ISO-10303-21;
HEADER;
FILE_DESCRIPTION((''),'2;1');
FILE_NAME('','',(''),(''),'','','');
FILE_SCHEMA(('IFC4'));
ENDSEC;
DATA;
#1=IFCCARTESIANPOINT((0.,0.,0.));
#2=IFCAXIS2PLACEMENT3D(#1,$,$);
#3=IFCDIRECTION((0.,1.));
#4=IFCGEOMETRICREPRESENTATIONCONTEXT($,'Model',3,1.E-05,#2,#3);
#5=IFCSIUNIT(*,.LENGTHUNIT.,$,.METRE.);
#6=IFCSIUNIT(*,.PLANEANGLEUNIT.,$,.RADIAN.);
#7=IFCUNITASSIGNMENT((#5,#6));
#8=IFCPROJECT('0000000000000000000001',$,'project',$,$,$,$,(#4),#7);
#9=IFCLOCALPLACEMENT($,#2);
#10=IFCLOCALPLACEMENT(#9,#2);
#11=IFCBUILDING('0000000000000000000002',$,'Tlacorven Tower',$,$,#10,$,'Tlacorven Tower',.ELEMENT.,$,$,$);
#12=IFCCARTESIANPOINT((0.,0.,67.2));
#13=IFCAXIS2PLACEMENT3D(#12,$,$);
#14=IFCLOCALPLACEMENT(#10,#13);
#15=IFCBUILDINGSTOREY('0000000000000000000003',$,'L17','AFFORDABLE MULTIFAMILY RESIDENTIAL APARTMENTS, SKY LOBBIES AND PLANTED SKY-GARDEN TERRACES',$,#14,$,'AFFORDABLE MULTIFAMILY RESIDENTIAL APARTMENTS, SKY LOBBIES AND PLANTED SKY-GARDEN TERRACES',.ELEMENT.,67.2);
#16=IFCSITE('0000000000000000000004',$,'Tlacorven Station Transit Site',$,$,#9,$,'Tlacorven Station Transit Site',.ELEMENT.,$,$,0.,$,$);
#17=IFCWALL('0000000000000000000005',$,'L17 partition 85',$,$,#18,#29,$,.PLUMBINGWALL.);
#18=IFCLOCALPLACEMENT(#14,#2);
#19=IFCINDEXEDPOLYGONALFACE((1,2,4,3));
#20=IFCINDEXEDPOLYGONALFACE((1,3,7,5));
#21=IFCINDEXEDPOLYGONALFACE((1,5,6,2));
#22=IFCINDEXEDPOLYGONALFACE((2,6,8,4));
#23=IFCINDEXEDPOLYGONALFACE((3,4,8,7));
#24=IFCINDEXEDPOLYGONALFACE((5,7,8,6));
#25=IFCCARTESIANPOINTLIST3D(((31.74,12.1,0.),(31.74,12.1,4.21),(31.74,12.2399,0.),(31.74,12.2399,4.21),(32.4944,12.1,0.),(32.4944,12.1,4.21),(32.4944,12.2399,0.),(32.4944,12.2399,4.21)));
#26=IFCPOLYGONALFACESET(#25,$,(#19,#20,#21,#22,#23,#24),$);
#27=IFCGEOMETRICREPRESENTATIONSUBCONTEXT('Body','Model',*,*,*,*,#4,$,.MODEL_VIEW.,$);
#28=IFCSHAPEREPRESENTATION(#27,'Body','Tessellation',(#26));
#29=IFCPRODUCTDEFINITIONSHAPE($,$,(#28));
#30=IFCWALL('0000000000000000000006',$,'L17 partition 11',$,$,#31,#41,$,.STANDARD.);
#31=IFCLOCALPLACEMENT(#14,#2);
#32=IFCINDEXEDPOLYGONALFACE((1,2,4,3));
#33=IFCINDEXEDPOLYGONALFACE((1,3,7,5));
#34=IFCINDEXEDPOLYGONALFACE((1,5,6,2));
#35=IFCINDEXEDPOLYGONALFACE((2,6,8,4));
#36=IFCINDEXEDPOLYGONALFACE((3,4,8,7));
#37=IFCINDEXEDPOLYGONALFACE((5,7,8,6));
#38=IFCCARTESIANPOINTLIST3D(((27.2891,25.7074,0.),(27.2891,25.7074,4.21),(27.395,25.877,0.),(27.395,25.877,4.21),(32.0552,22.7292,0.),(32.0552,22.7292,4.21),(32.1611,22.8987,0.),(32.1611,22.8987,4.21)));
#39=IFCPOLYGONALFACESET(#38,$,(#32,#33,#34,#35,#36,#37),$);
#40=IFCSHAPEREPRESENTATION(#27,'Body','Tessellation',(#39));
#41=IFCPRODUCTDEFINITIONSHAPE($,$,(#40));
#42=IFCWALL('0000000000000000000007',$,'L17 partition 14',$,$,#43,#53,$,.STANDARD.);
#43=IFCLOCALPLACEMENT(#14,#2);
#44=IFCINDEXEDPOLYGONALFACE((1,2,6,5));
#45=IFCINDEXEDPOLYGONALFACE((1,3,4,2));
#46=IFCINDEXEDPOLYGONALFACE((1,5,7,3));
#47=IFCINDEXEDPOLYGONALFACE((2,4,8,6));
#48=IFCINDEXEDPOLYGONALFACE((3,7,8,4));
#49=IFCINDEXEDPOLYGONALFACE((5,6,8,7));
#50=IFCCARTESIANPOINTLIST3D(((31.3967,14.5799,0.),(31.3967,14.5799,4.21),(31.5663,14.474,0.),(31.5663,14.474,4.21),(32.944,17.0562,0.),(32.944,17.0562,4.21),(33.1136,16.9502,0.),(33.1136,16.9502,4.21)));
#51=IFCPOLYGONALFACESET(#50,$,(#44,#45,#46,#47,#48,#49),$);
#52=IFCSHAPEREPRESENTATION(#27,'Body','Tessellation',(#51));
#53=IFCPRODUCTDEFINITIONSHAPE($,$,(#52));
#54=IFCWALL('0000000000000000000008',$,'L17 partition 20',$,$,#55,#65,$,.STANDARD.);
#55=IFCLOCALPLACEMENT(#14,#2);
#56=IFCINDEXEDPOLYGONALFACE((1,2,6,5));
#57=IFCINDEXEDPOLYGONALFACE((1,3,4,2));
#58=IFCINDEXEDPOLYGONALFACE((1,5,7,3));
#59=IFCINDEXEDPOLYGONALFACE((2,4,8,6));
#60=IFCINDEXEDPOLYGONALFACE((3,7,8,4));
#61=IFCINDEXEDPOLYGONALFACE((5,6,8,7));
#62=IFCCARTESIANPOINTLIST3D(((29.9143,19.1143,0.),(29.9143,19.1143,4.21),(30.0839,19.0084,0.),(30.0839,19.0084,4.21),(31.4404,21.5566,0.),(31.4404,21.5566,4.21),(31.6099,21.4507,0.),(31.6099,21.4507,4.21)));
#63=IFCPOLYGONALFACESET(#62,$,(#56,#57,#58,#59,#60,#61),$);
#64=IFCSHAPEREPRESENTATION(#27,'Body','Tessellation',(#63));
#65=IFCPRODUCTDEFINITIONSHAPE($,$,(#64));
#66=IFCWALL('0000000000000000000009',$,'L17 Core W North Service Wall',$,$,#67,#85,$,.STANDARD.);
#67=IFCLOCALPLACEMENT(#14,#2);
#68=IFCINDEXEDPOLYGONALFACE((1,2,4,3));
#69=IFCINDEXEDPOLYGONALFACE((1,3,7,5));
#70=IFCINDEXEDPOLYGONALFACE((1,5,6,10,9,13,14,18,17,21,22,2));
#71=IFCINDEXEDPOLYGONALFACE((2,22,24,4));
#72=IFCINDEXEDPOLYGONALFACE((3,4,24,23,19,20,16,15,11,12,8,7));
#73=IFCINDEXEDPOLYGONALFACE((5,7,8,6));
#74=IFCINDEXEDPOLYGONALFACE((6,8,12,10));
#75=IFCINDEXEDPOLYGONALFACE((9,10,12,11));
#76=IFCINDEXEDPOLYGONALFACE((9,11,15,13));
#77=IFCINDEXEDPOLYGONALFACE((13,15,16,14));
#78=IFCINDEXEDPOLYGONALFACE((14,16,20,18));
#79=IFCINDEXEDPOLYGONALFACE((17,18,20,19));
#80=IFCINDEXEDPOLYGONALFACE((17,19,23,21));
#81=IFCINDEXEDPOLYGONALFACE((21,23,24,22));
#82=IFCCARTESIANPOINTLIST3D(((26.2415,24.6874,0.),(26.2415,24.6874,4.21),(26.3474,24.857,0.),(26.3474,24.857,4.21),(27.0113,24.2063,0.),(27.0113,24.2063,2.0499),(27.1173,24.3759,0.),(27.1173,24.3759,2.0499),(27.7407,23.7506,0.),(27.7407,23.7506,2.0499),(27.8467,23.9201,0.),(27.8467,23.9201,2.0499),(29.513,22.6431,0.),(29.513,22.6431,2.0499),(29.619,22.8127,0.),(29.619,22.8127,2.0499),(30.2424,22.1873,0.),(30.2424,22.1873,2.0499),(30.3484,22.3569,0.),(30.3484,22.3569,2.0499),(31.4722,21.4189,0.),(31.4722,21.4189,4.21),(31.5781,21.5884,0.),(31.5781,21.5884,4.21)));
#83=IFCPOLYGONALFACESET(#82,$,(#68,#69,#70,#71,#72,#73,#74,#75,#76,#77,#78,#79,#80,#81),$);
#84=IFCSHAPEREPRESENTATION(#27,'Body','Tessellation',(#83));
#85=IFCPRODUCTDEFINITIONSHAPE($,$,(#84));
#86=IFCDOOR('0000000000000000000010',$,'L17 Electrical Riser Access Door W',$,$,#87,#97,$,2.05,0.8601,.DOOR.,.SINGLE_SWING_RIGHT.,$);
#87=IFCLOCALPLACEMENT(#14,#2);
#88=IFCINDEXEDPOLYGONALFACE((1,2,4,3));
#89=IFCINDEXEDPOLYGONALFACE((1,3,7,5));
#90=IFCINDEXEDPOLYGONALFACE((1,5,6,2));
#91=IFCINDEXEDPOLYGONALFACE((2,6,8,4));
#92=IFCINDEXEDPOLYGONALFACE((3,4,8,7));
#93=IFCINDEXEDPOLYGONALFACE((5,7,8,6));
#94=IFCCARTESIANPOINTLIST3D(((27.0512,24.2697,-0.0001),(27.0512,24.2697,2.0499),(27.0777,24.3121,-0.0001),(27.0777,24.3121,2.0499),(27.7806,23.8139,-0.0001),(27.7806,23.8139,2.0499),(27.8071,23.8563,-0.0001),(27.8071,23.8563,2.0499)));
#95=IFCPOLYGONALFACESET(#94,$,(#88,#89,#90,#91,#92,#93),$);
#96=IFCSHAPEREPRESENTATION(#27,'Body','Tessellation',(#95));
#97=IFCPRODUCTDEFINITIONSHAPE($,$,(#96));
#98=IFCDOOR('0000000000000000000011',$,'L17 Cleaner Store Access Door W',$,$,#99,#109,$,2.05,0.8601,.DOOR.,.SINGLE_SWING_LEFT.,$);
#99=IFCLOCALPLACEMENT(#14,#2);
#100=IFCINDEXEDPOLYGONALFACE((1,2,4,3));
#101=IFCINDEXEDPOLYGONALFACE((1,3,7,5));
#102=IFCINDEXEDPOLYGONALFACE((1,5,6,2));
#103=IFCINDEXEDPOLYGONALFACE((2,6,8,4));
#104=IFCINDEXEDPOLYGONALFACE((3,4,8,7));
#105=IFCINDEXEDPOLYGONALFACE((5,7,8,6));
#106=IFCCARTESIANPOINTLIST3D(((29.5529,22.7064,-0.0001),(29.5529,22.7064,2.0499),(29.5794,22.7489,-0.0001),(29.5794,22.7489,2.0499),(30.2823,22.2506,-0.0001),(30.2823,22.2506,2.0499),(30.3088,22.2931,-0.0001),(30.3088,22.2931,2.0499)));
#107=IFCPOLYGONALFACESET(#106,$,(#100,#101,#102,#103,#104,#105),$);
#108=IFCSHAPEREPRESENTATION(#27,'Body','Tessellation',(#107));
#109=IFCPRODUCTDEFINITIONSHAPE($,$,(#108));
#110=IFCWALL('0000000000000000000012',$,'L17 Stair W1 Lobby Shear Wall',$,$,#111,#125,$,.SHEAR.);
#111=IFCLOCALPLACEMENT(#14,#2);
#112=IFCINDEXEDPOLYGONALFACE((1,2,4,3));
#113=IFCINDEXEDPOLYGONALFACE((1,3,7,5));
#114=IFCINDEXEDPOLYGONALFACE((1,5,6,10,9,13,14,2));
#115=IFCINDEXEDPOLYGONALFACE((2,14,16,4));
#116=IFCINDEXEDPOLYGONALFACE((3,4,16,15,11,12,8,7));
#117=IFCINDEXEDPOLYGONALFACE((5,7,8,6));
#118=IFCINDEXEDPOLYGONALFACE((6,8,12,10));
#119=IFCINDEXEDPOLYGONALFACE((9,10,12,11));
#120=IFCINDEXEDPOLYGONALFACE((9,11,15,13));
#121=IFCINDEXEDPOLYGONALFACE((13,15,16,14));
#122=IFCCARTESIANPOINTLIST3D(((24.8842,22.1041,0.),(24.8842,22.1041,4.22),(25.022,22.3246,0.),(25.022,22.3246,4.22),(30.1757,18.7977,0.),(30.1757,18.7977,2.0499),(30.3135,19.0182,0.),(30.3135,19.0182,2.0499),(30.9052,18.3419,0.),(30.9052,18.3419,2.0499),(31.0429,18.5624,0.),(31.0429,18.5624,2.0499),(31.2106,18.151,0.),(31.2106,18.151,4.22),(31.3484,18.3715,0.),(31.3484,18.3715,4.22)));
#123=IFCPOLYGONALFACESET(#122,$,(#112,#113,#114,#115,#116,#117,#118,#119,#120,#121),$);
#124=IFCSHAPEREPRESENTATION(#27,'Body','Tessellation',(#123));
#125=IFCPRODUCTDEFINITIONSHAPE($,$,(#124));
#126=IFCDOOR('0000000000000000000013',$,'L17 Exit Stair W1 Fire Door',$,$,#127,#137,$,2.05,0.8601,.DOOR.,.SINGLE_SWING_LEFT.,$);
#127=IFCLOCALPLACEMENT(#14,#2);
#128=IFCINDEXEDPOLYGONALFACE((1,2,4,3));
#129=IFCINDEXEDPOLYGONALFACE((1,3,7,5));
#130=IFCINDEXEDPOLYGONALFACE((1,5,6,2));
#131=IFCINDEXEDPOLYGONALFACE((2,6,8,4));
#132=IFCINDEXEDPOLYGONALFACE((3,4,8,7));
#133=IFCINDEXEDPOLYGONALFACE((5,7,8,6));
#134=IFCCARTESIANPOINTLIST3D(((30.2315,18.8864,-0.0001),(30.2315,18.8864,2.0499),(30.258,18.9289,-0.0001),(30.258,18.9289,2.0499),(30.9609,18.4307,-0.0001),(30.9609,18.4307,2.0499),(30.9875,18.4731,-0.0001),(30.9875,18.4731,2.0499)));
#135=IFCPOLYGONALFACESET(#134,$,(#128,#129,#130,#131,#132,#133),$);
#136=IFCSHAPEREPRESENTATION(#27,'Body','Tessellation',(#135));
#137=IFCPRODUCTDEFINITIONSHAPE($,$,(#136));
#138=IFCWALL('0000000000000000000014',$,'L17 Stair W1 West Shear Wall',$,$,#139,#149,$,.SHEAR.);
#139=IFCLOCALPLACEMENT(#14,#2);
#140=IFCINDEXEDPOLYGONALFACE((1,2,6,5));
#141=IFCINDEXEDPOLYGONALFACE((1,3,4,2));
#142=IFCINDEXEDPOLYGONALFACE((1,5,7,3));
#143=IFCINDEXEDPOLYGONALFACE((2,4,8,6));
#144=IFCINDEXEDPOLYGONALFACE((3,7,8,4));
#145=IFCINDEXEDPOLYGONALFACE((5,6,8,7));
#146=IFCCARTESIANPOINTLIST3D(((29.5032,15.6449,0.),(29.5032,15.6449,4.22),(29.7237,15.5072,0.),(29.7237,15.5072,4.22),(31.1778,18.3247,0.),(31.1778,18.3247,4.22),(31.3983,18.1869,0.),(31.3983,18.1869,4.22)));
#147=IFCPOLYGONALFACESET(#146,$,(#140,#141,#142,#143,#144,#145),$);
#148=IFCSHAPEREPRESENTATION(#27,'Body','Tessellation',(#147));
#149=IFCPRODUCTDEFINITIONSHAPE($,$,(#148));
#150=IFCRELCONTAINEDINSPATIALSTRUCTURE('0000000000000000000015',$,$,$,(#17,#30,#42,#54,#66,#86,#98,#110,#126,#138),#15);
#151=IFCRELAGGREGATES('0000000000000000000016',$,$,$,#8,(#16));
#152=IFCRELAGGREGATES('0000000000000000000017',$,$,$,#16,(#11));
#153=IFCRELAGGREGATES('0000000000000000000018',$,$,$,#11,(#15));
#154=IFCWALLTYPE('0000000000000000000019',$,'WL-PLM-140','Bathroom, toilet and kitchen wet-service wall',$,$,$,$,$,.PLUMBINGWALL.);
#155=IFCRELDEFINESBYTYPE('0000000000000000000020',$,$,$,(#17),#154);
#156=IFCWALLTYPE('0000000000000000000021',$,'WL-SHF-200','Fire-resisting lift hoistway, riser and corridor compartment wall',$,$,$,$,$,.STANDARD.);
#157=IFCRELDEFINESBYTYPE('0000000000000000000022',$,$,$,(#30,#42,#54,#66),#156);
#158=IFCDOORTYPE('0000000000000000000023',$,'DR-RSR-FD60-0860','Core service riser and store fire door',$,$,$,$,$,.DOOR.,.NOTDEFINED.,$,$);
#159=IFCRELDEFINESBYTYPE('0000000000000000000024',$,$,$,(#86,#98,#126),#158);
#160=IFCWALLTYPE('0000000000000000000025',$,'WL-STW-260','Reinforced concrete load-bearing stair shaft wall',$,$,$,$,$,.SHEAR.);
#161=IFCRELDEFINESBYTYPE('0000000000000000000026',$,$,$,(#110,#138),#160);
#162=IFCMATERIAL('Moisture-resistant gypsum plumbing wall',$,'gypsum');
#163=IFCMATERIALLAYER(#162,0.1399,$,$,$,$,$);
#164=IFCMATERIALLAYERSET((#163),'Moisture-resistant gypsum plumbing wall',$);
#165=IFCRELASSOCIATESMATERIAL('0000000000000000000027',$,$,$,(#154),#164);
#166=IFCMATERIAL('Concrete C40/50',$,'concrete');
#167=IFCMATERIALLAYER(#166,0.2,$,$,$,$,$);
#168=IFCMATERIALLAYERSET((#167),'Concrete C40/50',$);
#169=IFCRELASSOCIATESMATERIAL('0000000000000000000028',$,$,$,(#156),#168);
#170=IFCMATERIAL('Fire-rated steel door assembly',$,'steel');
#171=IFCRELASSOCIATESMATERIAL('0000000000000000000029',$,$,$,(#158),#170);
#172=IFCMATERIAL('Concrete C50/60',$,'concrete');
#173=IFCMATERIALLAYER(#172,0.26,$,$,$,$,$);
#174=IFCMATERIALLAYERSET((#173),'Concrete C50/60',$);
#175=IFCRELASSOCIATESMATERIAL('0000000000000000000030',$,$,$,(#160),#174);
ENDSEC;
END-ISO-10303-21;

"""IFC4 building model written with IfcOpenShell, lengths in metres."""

from ifc_helpers import new_model, si_unit, direction, frame, frame_2d, origin, place, context, subcontext, project, spatial, rectangle, extrude, source, transform, mapped, material, layer, layer_set, type_object, element, fill, save


model = new_model("IFC4")

# Units and contexts
model_context = context("Model", 3, precision=1e-05, world=origin(), true_north=direction((0.0, 1.0)))
body_context = subcontext(model_context, "Body", "Model", "MODEL_VIEW")
ifc_project = project(units=[si_unit("LENGTHUNIT", "METRE"), si_unit("PLANEANGLEUNIT", "RADIAN")], contexts=[model_context])

# Site, building, storey
site_placement = place(None, origin())
site = spatial("IfcSite", under=ifc_project, at=site_placement, Name="Tlacorven Station Transit Site", LongName="Tlacorven Station Transit Site", CompositionType="ELEMENT", RefElevation=0.0)
building_placement = place(site_placement, origin())
building = spatial("IfcBuilding", under=site, at=building_placement, Name="Tlacorven Tower", LongName="Tlacorven Tower", CompositionType="ELEMENT")
storey_placement = place(building_placement, frame((0.0, 0.0, 67.2)))
storey = spatial("IfcBuildingStorey", under=building, at=storey_placement, Name="L17", Description="AFFORDABLE MULTIFAMILY RESIDENTIAL APARTMENTS, SKY LOBBIES AND PLANTED SKY-GARDEN TERRACES", LongName="AFFORDABLE MULTIFAMILY RESIDENTIAL APARTMENTS, SKY LOBBIES AND PLANTED SKY-GARDEN TERRACES", CompositionType="ELEMENT", Elevation=67.2)

# Shared definitions
ifc_material_1 = material(Name="Fire-rated steel door assembly", Category="steel")

# Shared definitions
ifc_material_2 = material(Name="Moisture-resistant gypsum plumbing wall", Category="gypsum")
ifc_layer_1 = layer(ifc_material_2, 0.1399)
ifc_layer_set_1 = layer_set([ifc_layer_1], Name="Moisture-resistant gypsum plumbing wall")
wall_type_1 = type_object("IfcWallType", Name="WL-PLM-140", Description="Bathroom, toilet and kitchen wet-service wall", PredefinedType="PLUMBINGWALL", material=ifc_layer_set_1)

# Walls
wall_1_placement = place(storey_placement, frame((31.74, 12.1699, 0.0), z_axis=(0.0, 0.0, 1.0), x_axis=(1.0, 0.0, 0.0)))
element("IfcWall", 1, at=wall_1_placement, inside=storey, type_object=wall_type_1, Name="L17 partition 85", PredefinedType="PLUMBINGWALL", context=body_context, shape_type="SweptSolid", body=[
    extrude(rectangle(XDim=0.7544, YDim=0.1399, at=frame_2d((0.3772, 0.0))), origin(), (0.0, 0.0, 1.0), 4.21),
])
ifc_material_3 = material(Name="Concrete C40/50", Category="concrete")
ifc_layer_2 = layer(ifc_material_3, 0.2)
ifc_layer_set_2 = layer_set([ifc_layer_2], Name="Concrete C40/50")
wall_type_2 = type_object("IfcWallType", Name="WL-SHF-200", Description="Fire-resisting lift hoistway, riser and corridor compartment wall", PredefinedType="STANDARD", material=ifc_layer_set_2)
wall_2_placement = place(storey_placement, frame((32.1082, 22.814, 0.0), z_axis=(0.0, 0.0, 1.0), x_axis=(-0.848042, 0.529929, 0.0)))
element("IfcWall", 2, at=wall_2_placement, inside=storey, type_object=wall_type_2, Name="L17 partition 11", PredefinedType="STANDARD", context=body_context, shape_type="SweptSolid", body=[
    extrude(rectangle(XDim=5.6201, YDim=0.2, at=frame_2d((2.8101, 0.0))), origin(), (0.0, 0.0, 1.0), 4.21),
])
wall_3_placement = place(storey_placement, frame((33.0288, 17.0032, 0.0), z_axis=(0.0, 0.0, 1.0), x_axis=(-0.529916, -0.84805, 0.0)))
element("IfcWall", 3, at=wall_3_placement, inside=storey, type_object=wall_type_2, Name="L17 partition 14", PredefinedType="STANDARD", context=body_context, shape_type="SweptSolid", body=[
    extrude(rectangle(XDim=2.9199, YDim=0.2, at=frame_2d((1.46, 0.0))), origin(), (0.0, 0.0, 1.0), 4.21),
])
wall_4_placement = place(storey_placement, frame((31.5251, 21.5037, 0.0), z_axis=(0.0, 0.0, 1.0), x_axis=(-0.529907, -0.848055, 0.0)))
element("IfcWall", 4, at=wall_4_placement, inside=storey, type_object=wall_type_2, Name="L17 partition 20", PredefinedType="STANDARD", context=body_context, shape_type="SweptSolid", body=[
    extrude(rectangle(XDim=2.8799, YDim=0.2, at=frame_2d((1.4399, 0.0))), origin(), (0.0, 0.0, 1.0), 4.21),
])

# Wall, openings, doors
wall_5_placement = place(storey_placement, frame((31.5251, 21.5037, 0.0), z_axis=(0.0, 0.0, 1.0), x_axis=(-0.848045, 0.529924, 0.0)))
wall_5 = element("IfcWall", 5, at=wall_5_placement, inside=storey, type_object=wall_type_2, Name="L17 Core W North Service Wall", PredefinedType="STANDARD", context=body_context, shape_type="SweptSolid", body=[
    extrude(rectangle(XDim=6.168, YDim=0.2, at=frame_2d((3.084, 0.0))), origin(), (0.0, 0.0, 1.0), 4.21),
])
opening_1_placement = place(wall_5_placement, frame((4.3999, 0.0, 0.0)))
opening_1 = element("IfcOpeningElement", 6, at=opening_1_placement, cuts=wall_5, PredefinedType="OPENING", context=body_context, shape_type="SweptSolid", body=[
    extrude(rectangle(XDim=0.8601, YDim=2.05, at=frame_2d((0.4302, 1.0249))), frame((0.0, 0.1099, 0.0), z_axis=(0.0, -1.0, 0.0), x_axis=(1.0, 0.0, 0.0)), (0.0, 0.0, 1.0), 0.22),
])
opening_2_placement = place(wall_5_placement, frame((1.45, 0.0, 0.0)))
opening_2 = element("IfcOpeningElement", 7, at=opening_2_placement, cuts=wall_5, PredefinedType="OPENING", context=body_context, shape_type="SweptSolid", body=[
    extrude(rectangle(XDim=0.8601, YDim=2.05, at=frame_2d((0.4302, 1.0249))), frame((0.0, 0.1099, 0.0), z_axis=(0.0, -1.0, 0.0), x_axis=(1.0, 0.0, 0.0)), (0.0, 0.0, 1.0), 0.22),
])
door_type_1 = type_object("IfcDoorType", Name="DR-RSR-FD60-0860", Description="Core service riser and store fire door", OperationType="NOTDEFINED", PredefinedType="DOOR", material=ifc_material_1)
shared_shape_1 = source(origin(), body_context, "Body", "SweptSolid", [
    extrude(rectangle(XDim=0.8601, YDim=2.05, at=frame_2d((0.4302, 1.0249))), frame((0.0, 0.0249, 0.0), z_axis=(0.0, -1.0, 0.0), x_axis=(1.0, 0.0, 0.0)), (0.0, 0.0, 1.0), 0.05),
])
door_1_placement = place(opening_1_placement, frame((0.8601, 0.0, 0.0), z_axis=(0.0, 0.0, 1.0), x_axis=(-1.0, 0.0, 0.0)))
door_1 = element("IfcDoor", 8, at=door_1_placement, inside=storey, type_object=door_type_1, Name="L17 Electrical Riser Access Door W", OperationType="SINGLE_SWING_RIGHT", OverallHeight=2.05, OverallWidth=0.8601, PredefinedType="DOOR", context=body_context, shape_type="MappedRepresentation", body=[
    mapped(shared_shape_1, transform((0.0, 0.0, 0.0), scale=1.0)),
])
fill(opening_1, door_1)
door_2_placement = place(opening_2_placement, frame((0.8601, 0.0, 0.0), z_axis=(0.0, 0.0, 1.0), x_axis=(-1.0, 0.0, 0.0)))
door_2 = element("IfcDoor", 9, at=door_2_placement, inside=storey, type_object=door_type_1, Name="L17 Cleaner Store Access Door W", OperationType="SINGLE_SWING_LEFT", OverallHeight=2.05, OverallWidth=0.8601, PredefinedType="DOOR", context=body_context, shape_type="MappedRepresentation", body=[
    mapped(shared_shape_1, transform((0.0, 0.0, 0.0), scale=1.0)),
])
fill(opening_2, door_2)

# Wall, opening, door
ifc_material_4 = material(Name="Concrete C50/60", Category="concrete")
ifc_layer_3 = layer(ifc_material_4, 0.26)
ifc_layer_set_3 = layer_set([ifc_layer_3], Name="Concrete C50/60")
wall_type_3 = type_object("IfcWallType", Name="WL-STW-260", Description="Reinforced concrete load-bearing stair shaft wall", PredefinedType="SHEAR", material=ifc_layer_set_3)
wall_6_placement = place(storey_placement, frame((31.2795, 18.2612, 0.0), z_axis=(0.0, 0.0, 1.0), x_axis=(-0.848052, 0.529914, 0.0)))
wall_6 = element("IfcWall", 10, at=wall_6_placement, inside=storey, type_object=wall_type_3, Name="L17 Stair W1 Lobby Shear Wall", PredefinedType="SHEAR", context=body_context, shape_type="SweptSolid", body=[
    extrude(rectangle(XDim=7.46, YDim=0.26, at=frame_2d((3.73, 0.0))), origin(), (0.0, 0.0, 1.0), 4.22),
])
opening_3_placement = place(wall_6_placement, frame((0.3601, 0.0, 0.0)))
opening_3 = element("IfcOpeningElement", 11, at=opening_3_placement, cuts=wall_6, PredefinedType="OPENING", context=body_context, shape_type="SweptSolid", body=[
    extrude(rectangle(XDim=0.8601, YDim=2.05, at=frame_2d((0.4302, 1.0249))), frame((0.0, 0.1401, 0.0), z_axis=(0.0, -1.0, 0.0), x_axis=(1.0, 0.0, 0.0)), (0.0, 0.0, 1.0), 0.28),
])
door_3_placement = place(opening_3_placement, frame((0.8601, 0.0, 0.0), z_axis=(0.0, 0.0, 1.0), x_axis=(-1.0, 0.0, 0.0)))
door_3 = element("IfcDoor", 12, at=door_3_placement, inside=storey, type_object=door_type_1, Name="L17 Exit Stair W1 Fire Door", OperationType="SINGLE_SWING_LEFT", OverallHeight=2.05, OverallWidth=0.8601, PredefinedType="DOOR", context=body_context, shape_type="MappedRepresentation", body=[
    mapped(shared_shape_1, transform((0.0, 0.0, 0.0), scale=1.0)),
])
fill(opening_3, door_3)

# Wall
wall_7_placement = place(storey_placement, frame((31.2881, 18.2559, 0.0), z_axis=(0.0, 0.0, 1.0), x_axis=(-0.529943, -0.848033, 0.0)))
element("IfcWall", 13, at=wall_7_placement, inside=storey, type_object=wall_type_3, Name="L17 Stair W1 West Shear Wall", PredefinedType="SHEAR", context=body_context, shape_type="SweptSolid", body=[
    extrude(rectangle(XDim=3.1599, YDim=0.26, at=frame_2d((1.5801, 0.0))), origin(), (0.0, 0.0, 1.0), 4.22),
])

save(model, "model.ifc")
